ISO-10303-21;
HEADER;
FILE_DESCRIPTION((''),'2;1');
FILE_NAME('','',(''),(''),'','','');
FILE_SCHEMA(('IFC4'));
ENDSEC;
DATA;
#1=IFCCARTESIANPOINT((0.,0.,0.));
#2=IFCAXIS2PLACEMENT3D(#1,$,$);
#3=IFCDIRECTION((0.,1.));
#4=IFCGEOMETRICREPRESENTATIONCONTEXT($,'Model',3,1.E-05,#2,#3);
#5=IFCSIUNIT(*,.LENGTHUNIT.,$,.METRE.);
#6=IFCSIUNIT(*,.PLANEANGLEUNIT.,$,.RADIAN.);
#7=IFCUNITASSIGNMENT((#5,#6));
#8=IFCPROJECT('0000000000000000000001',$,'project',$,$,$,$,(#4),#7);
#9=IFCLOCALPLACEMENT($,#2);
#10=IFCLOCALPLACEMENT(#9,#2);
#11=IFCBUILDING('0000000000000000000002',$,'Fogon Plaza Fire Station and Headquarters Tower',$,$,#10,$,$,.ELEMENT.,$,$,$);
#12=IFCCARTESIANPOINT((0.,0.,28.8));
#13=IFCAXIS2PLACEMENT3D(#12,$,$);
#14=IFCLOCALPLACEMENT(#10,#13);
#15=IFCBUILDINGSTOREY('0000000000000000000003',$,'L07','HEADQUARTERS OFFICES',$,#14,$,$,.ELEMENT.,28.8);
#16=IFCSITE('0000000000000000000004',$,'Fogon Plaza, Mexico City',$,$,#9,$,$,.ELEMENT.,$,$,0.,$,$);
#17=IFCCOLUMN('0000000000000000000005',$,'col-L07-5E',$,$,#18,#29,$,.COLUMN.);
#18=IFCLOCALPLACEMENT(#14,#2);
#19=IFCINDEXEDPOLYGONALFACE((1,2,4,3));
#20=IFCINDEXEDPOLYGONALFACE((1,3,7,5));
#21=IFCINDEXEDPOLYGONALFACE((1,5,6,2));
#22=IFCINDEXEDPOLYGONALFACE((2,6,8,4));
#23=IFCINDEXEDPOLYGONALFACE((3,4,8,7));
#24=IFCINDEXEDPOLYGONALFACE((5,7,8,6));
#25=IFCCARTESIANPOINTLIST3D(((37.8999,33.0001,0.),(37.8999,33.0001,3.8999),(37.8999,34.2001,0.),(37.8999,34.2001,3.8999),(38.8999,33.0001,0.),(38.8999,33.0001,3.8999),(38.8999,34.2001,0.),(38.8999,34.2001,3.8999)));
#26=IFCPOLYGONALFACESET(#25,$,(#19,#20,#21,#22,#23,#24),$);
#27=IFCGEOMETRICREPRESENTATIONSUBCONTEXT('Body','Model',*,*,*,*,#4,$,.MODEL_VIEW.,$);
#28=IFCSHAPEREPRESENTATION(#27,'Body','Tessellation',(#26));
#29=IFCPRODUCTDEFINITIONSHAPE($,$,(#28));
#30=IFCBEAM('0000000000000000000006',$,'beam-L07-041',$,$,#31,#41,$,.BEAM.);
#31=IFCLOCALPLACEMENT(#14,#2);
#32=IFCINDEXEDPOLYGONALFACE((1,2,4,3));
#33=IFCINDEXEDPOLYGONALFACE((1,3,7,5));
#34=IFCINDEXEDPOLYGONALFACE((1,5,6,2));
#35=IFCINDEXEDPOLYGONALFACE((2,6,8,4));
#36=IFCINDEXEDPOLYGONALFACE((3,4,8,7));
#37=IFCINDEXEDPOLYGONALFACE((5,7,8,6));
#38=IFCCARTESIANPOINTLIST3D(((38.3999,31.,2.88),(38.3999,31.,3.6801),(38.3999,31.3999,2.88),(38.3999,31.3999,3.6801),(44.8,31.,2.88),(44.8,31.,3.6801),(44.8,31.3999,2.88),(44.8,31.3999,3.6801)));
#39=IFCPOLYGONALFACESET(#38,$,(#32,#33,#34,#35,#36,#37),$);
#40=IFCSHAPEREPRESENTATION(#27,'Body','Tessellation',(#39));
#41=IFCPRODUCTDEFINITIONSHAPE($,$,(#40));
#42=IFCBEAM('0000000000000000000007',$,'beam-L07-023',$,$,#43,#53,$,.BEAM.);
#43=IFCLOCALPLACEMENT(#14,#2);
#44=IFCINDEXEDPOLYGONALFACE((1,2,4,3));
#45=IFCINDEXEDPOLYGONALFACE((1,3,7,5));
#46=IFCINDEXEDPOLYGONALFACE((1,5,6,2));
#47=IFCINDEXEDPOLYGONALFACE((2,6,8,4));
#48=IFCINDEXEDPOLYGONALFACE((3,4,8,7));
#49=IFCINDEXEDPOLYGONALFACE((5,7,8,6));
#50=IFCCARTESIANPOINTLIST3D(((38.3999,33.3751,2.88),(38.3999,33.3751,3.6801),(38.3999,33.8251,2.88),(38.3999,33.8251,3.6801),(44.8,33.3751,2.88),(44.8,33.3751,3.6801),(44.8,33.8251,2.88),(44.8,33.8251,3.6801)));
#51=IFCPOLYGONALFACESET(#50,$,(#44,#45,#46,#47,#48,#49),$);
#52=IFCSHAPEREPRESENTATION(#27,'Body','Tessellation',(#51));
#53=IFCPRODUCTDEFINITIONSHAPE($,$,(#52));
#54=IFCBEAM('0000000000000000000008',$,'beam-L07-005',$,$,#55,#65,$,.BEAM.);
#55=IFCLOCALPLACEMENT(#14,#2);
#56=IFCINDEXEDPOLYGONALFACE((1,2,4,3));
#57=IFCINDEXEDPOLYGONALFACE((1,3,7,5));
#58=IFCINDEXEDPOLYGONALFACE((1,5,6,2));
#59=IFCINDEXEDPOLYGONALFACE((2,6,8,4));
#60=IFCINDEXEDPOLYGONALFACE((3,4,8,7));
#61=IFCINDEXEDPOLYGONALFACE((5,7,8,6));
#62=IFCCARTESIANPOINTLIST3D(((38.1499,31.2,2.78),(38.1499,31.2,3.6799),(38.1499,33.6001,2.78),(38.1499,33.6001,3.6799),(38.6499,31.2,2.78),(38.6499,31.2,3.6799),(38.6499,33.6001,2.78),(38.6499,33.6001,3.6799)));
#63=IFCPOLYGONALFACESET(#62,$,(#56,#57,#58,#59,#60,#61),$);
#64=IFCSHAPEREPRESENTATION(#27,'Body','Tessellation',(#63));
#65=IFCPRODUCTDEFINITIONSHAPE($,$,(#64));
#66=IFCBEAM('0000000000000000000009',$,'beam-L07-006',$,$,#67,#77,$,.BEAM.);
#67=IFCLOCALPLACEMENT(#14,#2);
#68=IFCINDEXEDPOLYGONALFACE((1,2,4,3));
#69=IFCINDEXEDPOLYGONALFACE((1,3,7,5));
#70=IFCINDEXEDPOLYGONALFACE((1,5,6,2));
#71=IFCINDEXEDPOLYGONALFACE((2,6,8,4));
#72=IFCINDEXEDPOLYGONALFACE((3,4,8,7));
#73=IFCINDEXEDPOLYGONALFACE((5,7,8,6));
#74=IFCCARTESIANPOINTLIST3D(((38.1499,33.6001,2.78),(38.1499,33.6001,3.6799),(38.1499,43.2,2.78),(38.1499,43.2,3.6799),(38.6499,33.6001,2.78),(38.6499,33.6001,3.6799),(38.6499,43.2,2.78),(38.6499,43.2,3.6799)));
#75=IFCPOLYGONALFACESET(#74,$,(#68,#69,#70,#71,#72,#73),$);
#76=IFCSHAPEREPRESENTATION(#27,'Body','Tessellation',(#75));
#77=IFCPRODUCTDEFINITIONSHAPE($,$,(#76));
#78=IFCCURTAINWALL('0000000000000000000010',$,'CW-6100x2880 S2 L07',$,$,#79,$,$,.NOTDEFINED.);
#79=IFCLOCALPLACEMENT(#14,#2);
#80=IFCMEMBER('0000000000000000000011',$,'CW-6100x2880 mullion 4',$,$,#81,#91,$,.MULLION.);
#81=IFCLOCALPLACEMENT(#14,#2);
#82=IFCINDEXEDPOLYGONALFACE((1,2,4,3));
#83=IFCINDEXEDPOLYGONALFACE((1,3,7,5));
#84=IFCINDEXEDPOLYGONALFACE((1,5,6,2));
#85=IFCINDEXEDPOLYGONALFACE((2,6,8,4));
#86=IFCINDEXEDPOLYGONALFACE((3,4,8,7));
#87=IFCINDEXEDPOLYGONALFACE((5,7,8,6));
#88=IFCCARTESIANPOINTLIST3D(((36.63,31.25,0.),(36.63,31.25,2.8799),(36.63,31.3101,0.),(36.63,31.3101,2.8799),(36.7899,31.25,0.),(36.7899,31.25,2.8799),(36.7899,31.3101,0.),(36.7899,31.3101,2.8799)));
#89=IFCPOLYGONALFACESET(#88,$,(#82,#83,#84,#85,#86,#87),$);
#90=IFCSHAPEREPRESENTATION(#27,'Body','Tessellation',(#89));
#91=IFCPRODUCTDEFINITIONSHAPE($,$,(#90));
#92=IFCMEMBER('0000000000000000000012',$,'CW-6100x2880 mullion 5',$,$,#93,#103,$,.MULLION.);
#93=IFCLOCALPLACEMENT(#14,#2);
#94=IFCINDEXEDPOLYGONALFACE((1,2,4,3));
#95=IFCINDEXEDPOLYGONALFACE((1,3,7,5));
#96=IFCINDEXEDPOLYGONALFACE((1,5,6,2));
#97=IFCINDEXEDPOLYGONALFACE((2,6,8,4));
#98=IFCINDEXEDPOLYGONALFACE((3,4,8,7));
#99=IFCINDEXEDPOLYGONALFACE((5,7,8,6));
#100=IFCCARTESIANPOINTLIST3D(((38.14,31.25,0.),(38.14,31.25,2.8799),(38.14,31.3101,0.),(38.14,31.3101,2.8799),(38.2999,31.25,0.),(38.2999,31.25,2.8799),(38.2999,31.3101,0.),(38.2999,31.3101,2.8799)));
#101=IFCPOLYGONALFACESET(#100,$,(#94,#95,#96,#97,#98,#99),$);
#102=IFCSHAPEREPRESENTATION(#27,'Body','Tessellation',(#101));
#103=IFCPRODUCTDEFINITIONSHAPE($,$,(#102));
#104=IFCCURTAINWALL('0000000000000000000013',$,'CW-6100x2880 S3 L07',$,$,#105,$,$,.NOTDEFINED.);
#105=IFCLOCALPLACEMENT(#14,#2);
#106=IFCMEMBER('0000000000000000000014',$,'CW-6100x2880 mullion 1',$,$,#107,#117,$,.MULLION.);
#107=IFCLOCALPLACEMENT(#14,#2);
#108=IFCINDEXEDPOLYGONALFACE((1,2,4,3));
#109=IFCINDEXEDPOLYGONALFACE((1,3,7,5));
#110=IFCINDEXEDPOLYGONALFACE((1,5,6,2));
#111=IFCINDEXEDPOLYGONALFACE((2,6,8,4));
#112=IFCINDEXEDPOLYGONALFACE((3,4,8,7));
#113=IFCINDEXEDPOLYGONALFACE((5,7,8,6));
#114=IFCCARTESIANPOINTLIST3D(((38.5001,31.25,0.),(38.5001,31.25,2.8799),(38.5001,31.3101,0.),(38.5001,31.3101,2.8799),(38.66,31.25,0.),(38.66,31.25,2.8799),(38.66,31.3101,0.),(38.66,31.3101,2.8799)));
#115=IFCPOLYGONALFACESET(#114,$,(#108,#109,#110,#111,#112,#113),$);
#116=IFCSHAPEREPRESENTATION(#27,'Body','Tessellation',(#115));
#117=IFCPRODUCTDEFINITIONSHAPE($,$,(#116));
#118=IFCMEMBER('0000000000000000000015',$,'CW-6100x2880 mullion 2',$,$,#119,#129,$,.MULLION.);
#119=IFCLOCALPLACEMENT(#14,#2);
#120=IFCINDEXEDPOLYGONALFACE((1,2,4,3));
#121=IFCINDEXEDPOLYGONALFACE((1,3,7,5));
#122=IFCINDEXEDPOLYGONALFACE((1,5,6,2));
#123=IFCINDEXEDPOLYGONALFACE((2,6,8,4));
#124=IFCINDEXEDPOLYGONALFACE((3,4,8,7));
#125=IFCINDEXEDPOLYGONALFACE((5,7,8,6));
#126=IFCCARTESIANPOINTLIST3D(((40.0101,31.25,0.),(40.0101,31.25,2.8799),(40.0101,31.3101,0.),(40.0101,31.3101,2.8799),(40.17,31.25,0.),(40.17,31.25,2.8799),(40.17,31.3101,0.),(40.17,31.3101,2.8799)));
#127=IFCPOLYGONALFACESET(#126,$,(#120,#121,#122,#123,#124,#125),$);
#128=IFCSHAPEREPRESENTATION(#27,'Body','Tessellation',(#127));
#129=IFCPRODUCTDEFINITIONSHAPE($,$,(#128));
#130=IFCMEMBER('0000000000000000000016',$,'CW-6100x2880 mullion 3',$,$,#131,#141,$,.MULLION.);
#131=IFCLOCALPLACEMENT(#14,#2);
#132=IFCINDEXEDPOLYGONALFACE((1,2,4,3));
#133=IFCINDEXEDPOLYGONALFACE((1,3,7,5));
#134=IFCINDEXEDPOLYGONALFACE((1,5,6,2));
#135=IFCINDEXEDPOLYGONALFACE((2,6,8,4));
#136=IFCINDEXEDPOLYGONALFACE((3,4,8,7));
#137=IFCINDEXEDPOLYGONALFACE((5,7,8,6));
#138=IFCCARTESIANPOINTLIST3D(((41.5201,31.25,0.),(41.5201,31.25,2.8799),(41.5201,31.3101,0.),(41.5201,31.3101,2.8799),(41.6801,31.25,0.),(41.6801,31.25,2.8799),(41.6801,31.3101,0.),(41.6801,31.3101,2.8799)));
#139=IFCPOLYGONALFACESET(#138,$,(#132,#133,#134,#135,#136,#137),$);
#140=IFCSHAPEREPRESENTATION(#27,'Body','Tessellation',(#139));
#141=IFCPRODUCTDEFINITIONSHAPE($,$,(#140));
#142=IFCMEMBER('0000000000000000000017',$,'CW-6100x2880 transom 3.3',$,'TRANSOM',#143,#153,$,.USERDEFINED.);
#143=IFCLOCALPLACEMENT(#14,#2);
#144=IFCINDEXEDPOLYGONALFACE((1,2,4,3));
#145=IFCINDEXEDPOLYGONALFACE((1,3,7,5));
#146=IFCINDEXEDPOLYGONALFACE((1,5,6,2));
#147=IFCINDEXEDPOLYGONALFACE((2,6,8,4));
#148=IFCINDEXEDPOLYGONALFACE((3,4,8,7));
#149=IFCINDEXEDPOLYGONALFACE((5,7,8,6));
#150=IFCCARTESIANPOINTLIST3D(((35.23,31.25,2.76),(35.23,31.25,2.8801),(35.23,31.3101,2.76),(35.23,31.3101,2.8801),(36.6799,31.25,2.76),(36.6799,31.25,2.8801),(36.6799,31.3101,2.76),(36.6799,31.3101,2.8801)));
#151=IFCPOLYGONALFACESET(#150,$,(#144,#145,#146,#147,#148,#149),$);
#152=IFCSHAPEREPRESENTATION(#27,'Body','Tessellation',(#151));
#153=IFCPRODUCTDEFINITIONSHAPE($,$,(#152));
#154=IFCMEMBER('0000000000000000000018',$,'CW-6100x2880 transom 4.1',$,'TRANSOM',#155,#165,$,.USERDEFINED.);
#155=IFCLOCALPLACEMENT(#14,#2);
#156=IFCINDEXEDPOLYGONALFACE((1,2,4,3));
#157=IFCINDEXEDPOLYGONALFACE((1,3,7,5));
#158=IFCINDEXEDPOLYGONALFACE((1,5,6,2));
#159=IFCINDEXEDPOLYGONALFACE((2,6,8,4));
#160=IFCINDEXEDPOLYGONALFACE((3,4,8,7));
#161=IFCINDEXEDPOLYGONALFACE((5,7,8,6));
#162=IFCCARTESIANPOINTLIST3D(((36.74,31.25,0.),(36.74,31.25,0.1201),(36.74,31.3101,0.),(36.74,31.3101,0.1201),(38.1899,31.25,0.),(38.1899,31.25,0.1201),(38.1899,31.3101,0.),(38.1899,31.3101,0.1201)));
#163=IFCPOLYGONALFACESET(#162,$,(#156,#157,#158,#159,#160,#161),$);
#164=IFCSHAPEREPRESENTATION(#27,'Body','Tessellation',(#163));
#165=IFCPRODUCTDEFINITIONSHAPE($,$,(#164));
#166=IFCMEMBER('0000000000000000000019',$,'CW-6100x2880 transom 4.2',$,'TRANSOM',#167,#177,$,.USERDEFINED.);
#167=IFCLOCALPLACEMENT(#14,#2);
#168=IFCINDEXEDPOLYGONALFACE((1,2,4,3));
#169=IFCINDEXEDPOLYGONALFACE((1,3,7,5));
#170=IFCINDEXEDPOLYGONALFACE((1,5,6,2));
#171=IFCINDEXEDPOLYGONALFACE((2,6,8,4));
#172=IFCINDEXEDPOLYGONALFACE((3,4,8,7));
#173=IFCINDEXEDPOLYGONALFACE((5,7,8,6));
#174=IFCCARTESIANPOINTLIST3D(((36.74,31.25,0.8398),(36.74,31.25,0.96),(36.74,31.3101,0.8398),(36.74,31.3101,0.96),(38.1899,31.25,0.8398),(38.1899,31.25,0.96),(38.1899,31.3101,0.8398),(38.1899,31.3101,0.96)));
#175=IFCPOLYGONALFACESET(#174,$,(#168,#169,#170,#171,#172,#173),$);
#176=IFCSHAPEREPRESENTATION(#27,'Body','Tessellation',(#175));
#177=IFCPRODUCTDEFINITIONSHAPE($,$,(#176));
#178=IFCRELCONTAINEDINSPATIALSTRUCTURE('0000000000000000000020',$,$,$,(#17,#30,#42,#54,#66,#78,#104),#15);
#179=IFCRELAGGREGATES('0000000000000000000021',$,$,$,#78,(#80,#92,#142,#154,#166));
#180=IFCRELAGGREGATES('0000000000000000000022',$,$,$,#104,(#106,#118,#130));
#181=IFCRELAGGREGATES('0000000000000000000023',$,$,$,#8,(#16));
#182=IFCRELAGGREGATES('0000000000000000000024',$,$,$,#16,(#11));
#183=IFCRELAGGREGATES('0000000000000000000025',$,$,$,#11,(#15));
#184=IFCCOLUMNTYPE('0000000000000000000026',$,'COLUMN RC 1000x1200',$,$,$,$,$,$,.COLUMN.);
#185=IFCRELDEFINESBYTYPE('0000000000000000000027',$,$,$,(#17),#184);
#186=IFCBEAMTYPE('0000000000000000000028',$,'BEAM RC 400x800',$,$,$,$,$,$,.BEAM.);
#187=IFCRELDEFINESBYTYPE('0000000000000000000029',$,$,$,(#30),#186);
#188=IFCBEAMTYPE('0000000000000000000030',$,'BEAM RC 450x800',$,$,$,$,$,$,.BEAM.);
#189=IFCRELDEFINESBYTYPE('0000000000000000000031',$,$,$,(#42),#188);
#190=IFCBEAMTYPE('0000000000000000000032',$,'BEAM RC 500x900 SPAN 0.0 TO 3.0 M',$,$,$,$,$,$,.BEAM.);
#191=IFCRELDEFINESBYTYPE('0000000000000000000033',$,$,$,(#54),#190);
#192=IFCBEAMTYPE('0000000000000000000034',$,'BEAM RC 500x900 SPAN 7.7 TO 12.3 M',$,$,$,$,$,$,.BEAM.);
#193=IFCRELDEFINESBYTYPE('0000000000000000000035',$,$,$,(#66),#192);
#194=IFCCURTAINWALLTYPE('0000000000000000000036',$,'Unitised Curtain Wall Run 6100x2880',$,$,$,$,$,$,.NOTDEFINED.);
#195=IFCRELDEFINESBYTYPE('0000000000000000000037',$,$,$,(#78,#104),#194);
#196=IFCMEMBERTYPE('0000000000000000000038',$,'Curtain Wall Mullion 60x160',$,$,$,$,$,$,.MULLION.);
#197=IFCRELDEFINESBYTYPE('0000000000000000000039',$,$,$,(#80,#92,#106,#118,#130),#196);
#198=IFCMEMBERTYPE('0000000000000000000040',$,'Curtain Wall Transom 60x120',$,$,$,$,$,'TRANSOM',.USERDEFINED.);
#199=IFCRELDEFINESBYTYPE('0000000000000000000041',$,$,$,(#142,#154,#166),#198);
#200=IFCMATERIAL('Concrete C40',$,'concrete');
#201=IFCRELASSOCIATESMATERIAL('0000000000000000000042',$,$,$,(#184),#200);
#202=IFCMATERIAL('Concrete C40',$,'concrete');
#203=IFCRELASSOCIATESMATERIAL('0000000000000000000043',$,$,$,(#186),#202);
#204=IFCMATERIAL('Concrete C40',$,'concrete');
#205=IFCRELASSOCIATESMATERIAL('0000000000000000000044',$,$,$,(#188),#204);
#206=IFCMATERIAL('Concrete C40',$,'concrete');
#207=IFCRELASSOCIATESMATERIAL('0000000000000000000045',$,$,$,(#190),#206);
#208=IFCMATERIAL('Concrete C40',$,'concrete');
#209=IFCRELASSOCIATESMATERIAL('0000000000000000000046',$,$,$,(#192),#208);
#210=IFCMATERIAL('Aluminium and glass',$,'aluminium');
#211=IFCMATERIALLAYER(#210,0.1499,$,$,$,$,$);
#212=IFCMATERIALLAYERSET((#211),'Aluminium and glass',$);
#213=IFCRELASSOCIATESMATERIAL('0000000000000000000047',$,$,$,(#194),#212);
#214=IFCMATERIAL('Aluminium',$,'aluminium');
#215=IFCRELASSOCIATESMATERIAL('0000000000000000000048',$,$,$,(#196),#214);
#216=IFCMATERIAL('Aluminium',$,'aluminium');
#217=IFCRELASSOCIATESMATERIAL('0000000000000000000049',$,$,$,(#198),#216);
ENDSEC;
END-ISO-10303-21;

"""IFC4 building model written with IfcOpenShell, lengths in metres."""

from ifc_helpers import new_model, si_unit, direction, frame, origin, origin_2d, place, context, subcontext, project, spatial, rectangle, extrude, material, layer, layer_set, material_profile, profile_set, type_object, element, aggregate, save


model = new_model("IFC4")

# Units and contexts
model_context = context("Model", 3, precision=1e-05, world=origin(), true_north=direction((0.0, 1.0)))
body_context = subcontext(model_context, "Body", "Model", "MODEL_VIEW")
ifc_project = project(units=[si_unit("LENGTHUNIT", "METRE"), si_unit("PLANEANGLEUNIT", "RADIAN")], contexts=[model_context])

# Site, building, storey
site_placement = place(None, origin())
site = spatial("IfcSite", under=ifc_project, at=site_placement, Name="Fogon Plaza, Mexico City", CompositionType="ELEMENT", RefElevation=0.0)
building_placement = place(site_placement, origin())
building = spatial("IfcBuilding", under=site, at=building_placement, Name="Fogon Plaza Fire Station and Headquarters Tower", CompositionType="ELEMENT")
storey_placement = place(building_placement, frame((0.0, 0.0, 28.8)))
storey = spatial("IfcBuildingStorey", under=building, at=storey_placement, Name="L07", Description="HEADQUARTERS OFFICES", CompositionType="ELEMENT", Elevation=28.8)

# Column
ifc_material_1 = material(Name="Concrete C40", Category="concrete")
ifc_material_profile_1 = material_profile(ifc_material_1, rectangle(XDim=1.0, YDim=1.2, at=origin_2d()), Name="RC 1000x1200")
ifc_profile_set_1 = profile_set([ifc_material_profile_1], Name="Concrete C40")
column_type = type_object("IfcColumnType", Name="COLUMN RC 1000x1200", PredefinedType="COLUMN", material=ifc_profile_set_1)
column_placement = place(storey_placement, frame((38.3999, 33.6001, 0.0), z_axis=(0.0, 0.0, 1.0), x_axis=(1.0, 0.0, 0.0)))
element("IfcColumn", 1, at=column_placement, inside=storey, type_object=column_type, Name="col-L07-5E", PredefinedType="COLUMN", context=body_context, shape_type="SweptSolid", body=[
    extrude(rectangle(XDim=1.0, YDim=1.2, at=origin_2d()), origin(), (0.0, 0.0, 1.0), 3.8999),
])

# Beams
ifc_material_2 = material(Name="Concrete C40", Category="concrete")
ifc_material_profile_2 = material_profile(ifc_material_2, rectangle(XDim=0.3999, YDim=0.8, at=origin_2d()), Name="RC 400x800")
ifc_profile_set_2 = profile_set([ifc_material_profile_2], Name="Concrete C40")
beam_type_1 = type_object("IfcBeamType", Name="BEAM RC 400x800", PredefinedType="BEAM", material=ifc_profile_set_2)
beam_1_placement = place(storey_placement, frame((38.3999, 31.2, 3.28), z_axis=(1.0, 0.0, 0.0), x_axis=(0.0, 1.0, 0.0)))
element("IfcBeam", 2, at=beam_1_placement, inside=storey, type_object=beam_type_1, Name="beam-L07-041", PredefinedType="BEAM", context=body_context, shape_type="SweptSolid", body=[
    extrude(rectangle(XDim=0.3999, YDim=0.8, at=origin_2d()), origin(), (0.0, 0.0, 1.0), 6.4001),
])
ifc_material_3 = material(Name="Concrete C40", Category="concrete")
ifc_material_profile_3 = material_profile(ifc_material_3, rectangle(XDim=0.45, YDim=0.8, at=origin_2d()), Name="RC 450x800")
ifc_profile_set_3 = profile_set([ifc_material_profile_3], Name="Concrete C40")
beam_type_2 = type_object("IfcBeamType", Name="BEAM RC 450x800", PredefinedType="BEAM", material=ifc_profile_set_3)
beam_2_placement = place(storey_placement, frame((38.3999, 33.6001, 3.28), z_axis=(1.0, 0.0, 0.0), x_axis=(0.0, 1.0, 0.0)))
element("IfcBeam", 3, at=beam_2_placement, inside=storey, type_object=beam_type_2, Name="beam-L07-023", PredefinedType="BEAM", context=body_context, shape_type="SweptSolid", body=[
    extrude(rectangle(XDim=0.45, YDim=0.8, at=origin_2d()), origin(), (0.0, 0.0, 1.0), 6.4001),
])
ifc_material_4 = material(Name="Concrete C40", Category="concrete")
ifc_material_profile_4 = material_profile(ifc_material_4, rectangle(XDim=0.5, YDim=0.8999, at=origin_2d()), Name="RC 500x900")
ifc_profile_set_4 = profile_set([ifc_material_profile_4], Name="Concrete C40")
beam_type_3 = type_object("IfcBeamType", Name="BEAM RC 500x900 SPAN 0.0 TO 3.0 M", PredefinedType="BEAM", material=ifc_profile_set_4)
beam_3_placement = place(storey_placement, frame((38.3999, 31.2, 3.23), z_axis=(0.0, 1.0, 0.0), x_axis=(-1.0, 0.0, 0.0)))
element("IfcBeam", 4, at=beam_3_placement, inside=storey, type_object=beam_type_3, Name="beam-L07-005", PredefinedType="BEAM", context=body_context, shape_type="SweptSolid", body=[
    extrude(rectangle(XDim=0.5, YDim=0.8999, at=origin_2d()), origin(), (0.0, 0.0, 1.0), 2.4001),
])
ifc_material_5 = material(Name="Concrete C40", Category="concrete")
ifc_material_profile_5 = material_profile(ifc_material_5, rectangle(XDim=0.5, YDim=0.8999, at=origin_2d()), Name="RC 500x900")
ifc_profile_set_5 = profile_set([ifc_material_profile_5], Name="Concrete C40")
beam_type_4 = type_object("IfcBeamType", Name="BEAM RC 500x900 SPAN 7.7 TO 12.3 M", PredefinedType="BEAM", material=ifc_profile_set_5)
beam_4_placement = place(storey_placement, frame((38.3999, 33.6001, 3.23), z_axis=(0.0, 1.0, 0.0), x_axis=(-1.0, 0.0, 0.0)))
element("IfcBeam", 5, at=beam_4_placement, inside=storey, type_object=beam_type_4, Name="beam-L07-006", PredefinedType="BEAM", context=body_context, shape_type="SweptSolid", body=[
    extrude(rectangle(XDim=0.5, YDim=0.8999, at=origin_2d()), origin(), (0.0, 0.0, 1.0), 9.5999),
])

# Curtain walls, members
ifc_material_6 = material(Name="Aluminium and glass", Category="aluminium")
ifc_layer_1 = layer(ifc_material_6, 0.1499)
ifc_layer_set_1 = layer_set([ifc_layer_1], Name="Aluminium and glass")
curtain_wall_type = type_object("IfcCurtainWallType", Name="Unitised Curtain Wall Run 6100x2880", PredefinedType="NOTDEFINED", material=ifc_layer_set_1)
curtain_wall_1_placement = place(storey_placement, origin())
curtain_wall_1 = element("IfcCurtainWall", 6, at=curtain_wall_1_placement, inside=storey, type_object=curtain_wall_type, Name="CW-6100x2880 S2 L07", PredefinedType="NOTDEFINED")
ifc_material_7 = material(Name="Aluminium", Category="aluminium")
ifc_material_profile_6 = material_profile(ifc_material_7, rectangle(XDim=0.0601, YDim=0.1599, at=origin_2d()), Name="Curtain Wall Mullion 60x160")
ifc_profile_set_6 = profile_set([ifc_material_profile_6], Name="Aluminium")
member_type_1 = type_object("IfcMemberType", Name="Curtain Wall Mullion 60x160", PredefinedType="MULLION", material=ifc_profile_set_6)
member_1_placement = place(storey_placement, frame((36.71, 31.28, 0.0), z_axis=(0.0, 0.0, 1.0), x_axis=(0.0, 1.0, 0.0)))
member_1 = element("IfcMember", 7, at=member_1_placement, type_object=member_type_1, Name="CW-6100x2880 mullion 4", PredefinedType="MULLION", context=body_context, shape_type="SweptSolid", body=[
    extrude(rectangle(XDim=0.0601, YDim=0.1599, at=origin_2d()), origin(), (0.0, 0.0, 1.0), 2.8799),
])
member_2_placement = place(storey_placement, frame((38.22, 31.28, 0.0), z_axis=(0.0, 0.0, 1.0), x_axis=(0.0, 1.0, 0.0)))
member_2 = element("IfcMember", 8, at=member_2_placement, type_object=member_type_1, Name="CW-6100x2880 mullion 5", PredefinedType="MULLION", context=body_context, shape_type="SweptSolid", body=[
    extrude(rectangle(XDim=0.0601, YDim=0.1599, at=origin_2d()), origin(), (0.0, 0.0, 1.0), 2.8799),
])
curtain_wall_2_placement = place(storey_placement, origin())
curtain_wall_2 = element("IfcCurtainWall", 9, at=curtain_wall_2_placement, inside=storey, type_object=curtain_wall_type, Name="CW-6100x2880 S3 L07", PredefinedType="NOTDEFINED")
member_3_placement = place(storey_placement, frame((38.5801, 31.28, 0.0), z_axis=(0.0, 0.0, 1.0), x_axis=(0.0, 1.0, 0.0)))
member_3 = element("IfcMember", 10, at=member_3_placement, type_object=member_type_1, Name="CW-6100x2880 mullion 1", PredefinedType="MULLION", context=body_context, shape_type="SweptSolid", body=[
    extrude(rectangle(XDim=0.0601, YDim=0.1599, at=origin_2d()), origin(), (0.0, 0.0, 1.0), 2.8799),
])
member_4_placement = place(storey_placement, frame((40.0901, 31.28, 0.0), z_axis=(0.0, 0.0, 1.0), x_axis=(0.0, 1.0, 0.0)))
member_4 = element("IfcMember", 11, at=member_4_placement, type_object=member_type_1, Name="CW-6100x2880 mullion 2", PredefinedType="MULLION", context=body_context, shape_type="SweptSolid", body=[
    extrude(rectangle(XDim=0.0601, YDim=0.1599, at=origin_2d()), origin(), (0.0, 0.0, 1.0), 2.8799),
])
member_5_placement = place(storey_placement, frame((41.6001, 31.28, 0.0), z_axis=(0.0, 0.0, 1.0), x_axis=(0.0, 1.0, 0.0)))
member_5 = element("IfcMember", 12, at=member_5_placement, type_object=member_type_1, Name="CW-6100x2880 mullion 3", PredefinedType="MULLION", context=body_context, shape_type="SweptSolid", body=[
    extrude(rectangle(XDim=0.0601, YDim=0.1599, at=origin_2d()), origin(), (0.0, 0.0, 1.0), 2.8799),
])

# Members
ifc_material_8 = material(Name="Aluminium", Category="aluminium")
ifc_material_profile_7 = material_profile(ifc_material_8, rectangle(XDim=0.0601, YDim=0.1201, at=origin_2d()), Name="Curtain Wall Transom 60x120")
ifc_profile_set_7 = profile_set([ifc_material_profile_7], Name="Aluminium")
member_type_2 = type_object("IfcMemberType", Name="Curtain Wall Transom 60x120", ElementType="TRANSOM", PredefinedType="USERDEFINED", material=ifc_profile_set_7)
member_6_placement = place(storey_placement, frame((35.23, 31.28, 2.8201), z_axis=(1.0, 0.0, 0.0), x_axis=(0.0, 1.0, 0.0)))
member_6 = element("IfcMember", 13, at=member_6_placement, type_object=member_type_2, Name="CW-6100x2880 transom 3.3", ObjectType="TRANSOM", PredefinedType="USERDEFINED", context=body_context, shape_type="SweptSolid", body=[
    extrude(rectangle(XDim=0.0601, YDim=0.1201, at=origin_2d()), origin(), (0.0, 0.0, 1.0), 1.45),
])
member_7_placement = place(storey_placement, frame((36.74, 31.28, 0.0601), z_axis=(1.0, 0.0, 0.0), x_axis=(0.0, 1.0, 0.0)))
member_7 = element("IfcMember", 14, at=member_7_placement, type_object=member_type_2, Name="CW-6100x2880 transom 4.1", ObjectType="TRANSOM", PredefinedType="USERDEFINED", context=body_context, shape_type="SweptSolid", body=[
    extrude(rectangle(XDim=0.0601, YDim=0.1201, at=origin_2d()), origin(), (0.0, 0.0, 1.0), 1.45),
])
member_8_placement = place(storey_placement, frame((36.74, 31.28, 0.8999), z_axis=(1.0, 0.0, 0.0), x_axis=(0.0, 1.0, 0.0)))
member_8 = element("IfcMember", 15, at=member_8_placement, type_object=member_type_2, Name="CW-6100x2880 transom 4.2", ObjectType="TRANSOM", PredefinedType="USERDEFINED", context=body_context, shape_type="SweptSolid", body=[
    extrude(rectangle(XDim=0.0601, YDim=0.1201, at=origin_2d()), origin(), (0.0, 0.0, 1.0), 1.45),
])

aggregate(curtain_wall_1, [member_1, member_2, member_6, member_7, member_8])
aggregate(curtain_wall_2, [member_3, member_4, member_5])

save(model, "model.ifc")
